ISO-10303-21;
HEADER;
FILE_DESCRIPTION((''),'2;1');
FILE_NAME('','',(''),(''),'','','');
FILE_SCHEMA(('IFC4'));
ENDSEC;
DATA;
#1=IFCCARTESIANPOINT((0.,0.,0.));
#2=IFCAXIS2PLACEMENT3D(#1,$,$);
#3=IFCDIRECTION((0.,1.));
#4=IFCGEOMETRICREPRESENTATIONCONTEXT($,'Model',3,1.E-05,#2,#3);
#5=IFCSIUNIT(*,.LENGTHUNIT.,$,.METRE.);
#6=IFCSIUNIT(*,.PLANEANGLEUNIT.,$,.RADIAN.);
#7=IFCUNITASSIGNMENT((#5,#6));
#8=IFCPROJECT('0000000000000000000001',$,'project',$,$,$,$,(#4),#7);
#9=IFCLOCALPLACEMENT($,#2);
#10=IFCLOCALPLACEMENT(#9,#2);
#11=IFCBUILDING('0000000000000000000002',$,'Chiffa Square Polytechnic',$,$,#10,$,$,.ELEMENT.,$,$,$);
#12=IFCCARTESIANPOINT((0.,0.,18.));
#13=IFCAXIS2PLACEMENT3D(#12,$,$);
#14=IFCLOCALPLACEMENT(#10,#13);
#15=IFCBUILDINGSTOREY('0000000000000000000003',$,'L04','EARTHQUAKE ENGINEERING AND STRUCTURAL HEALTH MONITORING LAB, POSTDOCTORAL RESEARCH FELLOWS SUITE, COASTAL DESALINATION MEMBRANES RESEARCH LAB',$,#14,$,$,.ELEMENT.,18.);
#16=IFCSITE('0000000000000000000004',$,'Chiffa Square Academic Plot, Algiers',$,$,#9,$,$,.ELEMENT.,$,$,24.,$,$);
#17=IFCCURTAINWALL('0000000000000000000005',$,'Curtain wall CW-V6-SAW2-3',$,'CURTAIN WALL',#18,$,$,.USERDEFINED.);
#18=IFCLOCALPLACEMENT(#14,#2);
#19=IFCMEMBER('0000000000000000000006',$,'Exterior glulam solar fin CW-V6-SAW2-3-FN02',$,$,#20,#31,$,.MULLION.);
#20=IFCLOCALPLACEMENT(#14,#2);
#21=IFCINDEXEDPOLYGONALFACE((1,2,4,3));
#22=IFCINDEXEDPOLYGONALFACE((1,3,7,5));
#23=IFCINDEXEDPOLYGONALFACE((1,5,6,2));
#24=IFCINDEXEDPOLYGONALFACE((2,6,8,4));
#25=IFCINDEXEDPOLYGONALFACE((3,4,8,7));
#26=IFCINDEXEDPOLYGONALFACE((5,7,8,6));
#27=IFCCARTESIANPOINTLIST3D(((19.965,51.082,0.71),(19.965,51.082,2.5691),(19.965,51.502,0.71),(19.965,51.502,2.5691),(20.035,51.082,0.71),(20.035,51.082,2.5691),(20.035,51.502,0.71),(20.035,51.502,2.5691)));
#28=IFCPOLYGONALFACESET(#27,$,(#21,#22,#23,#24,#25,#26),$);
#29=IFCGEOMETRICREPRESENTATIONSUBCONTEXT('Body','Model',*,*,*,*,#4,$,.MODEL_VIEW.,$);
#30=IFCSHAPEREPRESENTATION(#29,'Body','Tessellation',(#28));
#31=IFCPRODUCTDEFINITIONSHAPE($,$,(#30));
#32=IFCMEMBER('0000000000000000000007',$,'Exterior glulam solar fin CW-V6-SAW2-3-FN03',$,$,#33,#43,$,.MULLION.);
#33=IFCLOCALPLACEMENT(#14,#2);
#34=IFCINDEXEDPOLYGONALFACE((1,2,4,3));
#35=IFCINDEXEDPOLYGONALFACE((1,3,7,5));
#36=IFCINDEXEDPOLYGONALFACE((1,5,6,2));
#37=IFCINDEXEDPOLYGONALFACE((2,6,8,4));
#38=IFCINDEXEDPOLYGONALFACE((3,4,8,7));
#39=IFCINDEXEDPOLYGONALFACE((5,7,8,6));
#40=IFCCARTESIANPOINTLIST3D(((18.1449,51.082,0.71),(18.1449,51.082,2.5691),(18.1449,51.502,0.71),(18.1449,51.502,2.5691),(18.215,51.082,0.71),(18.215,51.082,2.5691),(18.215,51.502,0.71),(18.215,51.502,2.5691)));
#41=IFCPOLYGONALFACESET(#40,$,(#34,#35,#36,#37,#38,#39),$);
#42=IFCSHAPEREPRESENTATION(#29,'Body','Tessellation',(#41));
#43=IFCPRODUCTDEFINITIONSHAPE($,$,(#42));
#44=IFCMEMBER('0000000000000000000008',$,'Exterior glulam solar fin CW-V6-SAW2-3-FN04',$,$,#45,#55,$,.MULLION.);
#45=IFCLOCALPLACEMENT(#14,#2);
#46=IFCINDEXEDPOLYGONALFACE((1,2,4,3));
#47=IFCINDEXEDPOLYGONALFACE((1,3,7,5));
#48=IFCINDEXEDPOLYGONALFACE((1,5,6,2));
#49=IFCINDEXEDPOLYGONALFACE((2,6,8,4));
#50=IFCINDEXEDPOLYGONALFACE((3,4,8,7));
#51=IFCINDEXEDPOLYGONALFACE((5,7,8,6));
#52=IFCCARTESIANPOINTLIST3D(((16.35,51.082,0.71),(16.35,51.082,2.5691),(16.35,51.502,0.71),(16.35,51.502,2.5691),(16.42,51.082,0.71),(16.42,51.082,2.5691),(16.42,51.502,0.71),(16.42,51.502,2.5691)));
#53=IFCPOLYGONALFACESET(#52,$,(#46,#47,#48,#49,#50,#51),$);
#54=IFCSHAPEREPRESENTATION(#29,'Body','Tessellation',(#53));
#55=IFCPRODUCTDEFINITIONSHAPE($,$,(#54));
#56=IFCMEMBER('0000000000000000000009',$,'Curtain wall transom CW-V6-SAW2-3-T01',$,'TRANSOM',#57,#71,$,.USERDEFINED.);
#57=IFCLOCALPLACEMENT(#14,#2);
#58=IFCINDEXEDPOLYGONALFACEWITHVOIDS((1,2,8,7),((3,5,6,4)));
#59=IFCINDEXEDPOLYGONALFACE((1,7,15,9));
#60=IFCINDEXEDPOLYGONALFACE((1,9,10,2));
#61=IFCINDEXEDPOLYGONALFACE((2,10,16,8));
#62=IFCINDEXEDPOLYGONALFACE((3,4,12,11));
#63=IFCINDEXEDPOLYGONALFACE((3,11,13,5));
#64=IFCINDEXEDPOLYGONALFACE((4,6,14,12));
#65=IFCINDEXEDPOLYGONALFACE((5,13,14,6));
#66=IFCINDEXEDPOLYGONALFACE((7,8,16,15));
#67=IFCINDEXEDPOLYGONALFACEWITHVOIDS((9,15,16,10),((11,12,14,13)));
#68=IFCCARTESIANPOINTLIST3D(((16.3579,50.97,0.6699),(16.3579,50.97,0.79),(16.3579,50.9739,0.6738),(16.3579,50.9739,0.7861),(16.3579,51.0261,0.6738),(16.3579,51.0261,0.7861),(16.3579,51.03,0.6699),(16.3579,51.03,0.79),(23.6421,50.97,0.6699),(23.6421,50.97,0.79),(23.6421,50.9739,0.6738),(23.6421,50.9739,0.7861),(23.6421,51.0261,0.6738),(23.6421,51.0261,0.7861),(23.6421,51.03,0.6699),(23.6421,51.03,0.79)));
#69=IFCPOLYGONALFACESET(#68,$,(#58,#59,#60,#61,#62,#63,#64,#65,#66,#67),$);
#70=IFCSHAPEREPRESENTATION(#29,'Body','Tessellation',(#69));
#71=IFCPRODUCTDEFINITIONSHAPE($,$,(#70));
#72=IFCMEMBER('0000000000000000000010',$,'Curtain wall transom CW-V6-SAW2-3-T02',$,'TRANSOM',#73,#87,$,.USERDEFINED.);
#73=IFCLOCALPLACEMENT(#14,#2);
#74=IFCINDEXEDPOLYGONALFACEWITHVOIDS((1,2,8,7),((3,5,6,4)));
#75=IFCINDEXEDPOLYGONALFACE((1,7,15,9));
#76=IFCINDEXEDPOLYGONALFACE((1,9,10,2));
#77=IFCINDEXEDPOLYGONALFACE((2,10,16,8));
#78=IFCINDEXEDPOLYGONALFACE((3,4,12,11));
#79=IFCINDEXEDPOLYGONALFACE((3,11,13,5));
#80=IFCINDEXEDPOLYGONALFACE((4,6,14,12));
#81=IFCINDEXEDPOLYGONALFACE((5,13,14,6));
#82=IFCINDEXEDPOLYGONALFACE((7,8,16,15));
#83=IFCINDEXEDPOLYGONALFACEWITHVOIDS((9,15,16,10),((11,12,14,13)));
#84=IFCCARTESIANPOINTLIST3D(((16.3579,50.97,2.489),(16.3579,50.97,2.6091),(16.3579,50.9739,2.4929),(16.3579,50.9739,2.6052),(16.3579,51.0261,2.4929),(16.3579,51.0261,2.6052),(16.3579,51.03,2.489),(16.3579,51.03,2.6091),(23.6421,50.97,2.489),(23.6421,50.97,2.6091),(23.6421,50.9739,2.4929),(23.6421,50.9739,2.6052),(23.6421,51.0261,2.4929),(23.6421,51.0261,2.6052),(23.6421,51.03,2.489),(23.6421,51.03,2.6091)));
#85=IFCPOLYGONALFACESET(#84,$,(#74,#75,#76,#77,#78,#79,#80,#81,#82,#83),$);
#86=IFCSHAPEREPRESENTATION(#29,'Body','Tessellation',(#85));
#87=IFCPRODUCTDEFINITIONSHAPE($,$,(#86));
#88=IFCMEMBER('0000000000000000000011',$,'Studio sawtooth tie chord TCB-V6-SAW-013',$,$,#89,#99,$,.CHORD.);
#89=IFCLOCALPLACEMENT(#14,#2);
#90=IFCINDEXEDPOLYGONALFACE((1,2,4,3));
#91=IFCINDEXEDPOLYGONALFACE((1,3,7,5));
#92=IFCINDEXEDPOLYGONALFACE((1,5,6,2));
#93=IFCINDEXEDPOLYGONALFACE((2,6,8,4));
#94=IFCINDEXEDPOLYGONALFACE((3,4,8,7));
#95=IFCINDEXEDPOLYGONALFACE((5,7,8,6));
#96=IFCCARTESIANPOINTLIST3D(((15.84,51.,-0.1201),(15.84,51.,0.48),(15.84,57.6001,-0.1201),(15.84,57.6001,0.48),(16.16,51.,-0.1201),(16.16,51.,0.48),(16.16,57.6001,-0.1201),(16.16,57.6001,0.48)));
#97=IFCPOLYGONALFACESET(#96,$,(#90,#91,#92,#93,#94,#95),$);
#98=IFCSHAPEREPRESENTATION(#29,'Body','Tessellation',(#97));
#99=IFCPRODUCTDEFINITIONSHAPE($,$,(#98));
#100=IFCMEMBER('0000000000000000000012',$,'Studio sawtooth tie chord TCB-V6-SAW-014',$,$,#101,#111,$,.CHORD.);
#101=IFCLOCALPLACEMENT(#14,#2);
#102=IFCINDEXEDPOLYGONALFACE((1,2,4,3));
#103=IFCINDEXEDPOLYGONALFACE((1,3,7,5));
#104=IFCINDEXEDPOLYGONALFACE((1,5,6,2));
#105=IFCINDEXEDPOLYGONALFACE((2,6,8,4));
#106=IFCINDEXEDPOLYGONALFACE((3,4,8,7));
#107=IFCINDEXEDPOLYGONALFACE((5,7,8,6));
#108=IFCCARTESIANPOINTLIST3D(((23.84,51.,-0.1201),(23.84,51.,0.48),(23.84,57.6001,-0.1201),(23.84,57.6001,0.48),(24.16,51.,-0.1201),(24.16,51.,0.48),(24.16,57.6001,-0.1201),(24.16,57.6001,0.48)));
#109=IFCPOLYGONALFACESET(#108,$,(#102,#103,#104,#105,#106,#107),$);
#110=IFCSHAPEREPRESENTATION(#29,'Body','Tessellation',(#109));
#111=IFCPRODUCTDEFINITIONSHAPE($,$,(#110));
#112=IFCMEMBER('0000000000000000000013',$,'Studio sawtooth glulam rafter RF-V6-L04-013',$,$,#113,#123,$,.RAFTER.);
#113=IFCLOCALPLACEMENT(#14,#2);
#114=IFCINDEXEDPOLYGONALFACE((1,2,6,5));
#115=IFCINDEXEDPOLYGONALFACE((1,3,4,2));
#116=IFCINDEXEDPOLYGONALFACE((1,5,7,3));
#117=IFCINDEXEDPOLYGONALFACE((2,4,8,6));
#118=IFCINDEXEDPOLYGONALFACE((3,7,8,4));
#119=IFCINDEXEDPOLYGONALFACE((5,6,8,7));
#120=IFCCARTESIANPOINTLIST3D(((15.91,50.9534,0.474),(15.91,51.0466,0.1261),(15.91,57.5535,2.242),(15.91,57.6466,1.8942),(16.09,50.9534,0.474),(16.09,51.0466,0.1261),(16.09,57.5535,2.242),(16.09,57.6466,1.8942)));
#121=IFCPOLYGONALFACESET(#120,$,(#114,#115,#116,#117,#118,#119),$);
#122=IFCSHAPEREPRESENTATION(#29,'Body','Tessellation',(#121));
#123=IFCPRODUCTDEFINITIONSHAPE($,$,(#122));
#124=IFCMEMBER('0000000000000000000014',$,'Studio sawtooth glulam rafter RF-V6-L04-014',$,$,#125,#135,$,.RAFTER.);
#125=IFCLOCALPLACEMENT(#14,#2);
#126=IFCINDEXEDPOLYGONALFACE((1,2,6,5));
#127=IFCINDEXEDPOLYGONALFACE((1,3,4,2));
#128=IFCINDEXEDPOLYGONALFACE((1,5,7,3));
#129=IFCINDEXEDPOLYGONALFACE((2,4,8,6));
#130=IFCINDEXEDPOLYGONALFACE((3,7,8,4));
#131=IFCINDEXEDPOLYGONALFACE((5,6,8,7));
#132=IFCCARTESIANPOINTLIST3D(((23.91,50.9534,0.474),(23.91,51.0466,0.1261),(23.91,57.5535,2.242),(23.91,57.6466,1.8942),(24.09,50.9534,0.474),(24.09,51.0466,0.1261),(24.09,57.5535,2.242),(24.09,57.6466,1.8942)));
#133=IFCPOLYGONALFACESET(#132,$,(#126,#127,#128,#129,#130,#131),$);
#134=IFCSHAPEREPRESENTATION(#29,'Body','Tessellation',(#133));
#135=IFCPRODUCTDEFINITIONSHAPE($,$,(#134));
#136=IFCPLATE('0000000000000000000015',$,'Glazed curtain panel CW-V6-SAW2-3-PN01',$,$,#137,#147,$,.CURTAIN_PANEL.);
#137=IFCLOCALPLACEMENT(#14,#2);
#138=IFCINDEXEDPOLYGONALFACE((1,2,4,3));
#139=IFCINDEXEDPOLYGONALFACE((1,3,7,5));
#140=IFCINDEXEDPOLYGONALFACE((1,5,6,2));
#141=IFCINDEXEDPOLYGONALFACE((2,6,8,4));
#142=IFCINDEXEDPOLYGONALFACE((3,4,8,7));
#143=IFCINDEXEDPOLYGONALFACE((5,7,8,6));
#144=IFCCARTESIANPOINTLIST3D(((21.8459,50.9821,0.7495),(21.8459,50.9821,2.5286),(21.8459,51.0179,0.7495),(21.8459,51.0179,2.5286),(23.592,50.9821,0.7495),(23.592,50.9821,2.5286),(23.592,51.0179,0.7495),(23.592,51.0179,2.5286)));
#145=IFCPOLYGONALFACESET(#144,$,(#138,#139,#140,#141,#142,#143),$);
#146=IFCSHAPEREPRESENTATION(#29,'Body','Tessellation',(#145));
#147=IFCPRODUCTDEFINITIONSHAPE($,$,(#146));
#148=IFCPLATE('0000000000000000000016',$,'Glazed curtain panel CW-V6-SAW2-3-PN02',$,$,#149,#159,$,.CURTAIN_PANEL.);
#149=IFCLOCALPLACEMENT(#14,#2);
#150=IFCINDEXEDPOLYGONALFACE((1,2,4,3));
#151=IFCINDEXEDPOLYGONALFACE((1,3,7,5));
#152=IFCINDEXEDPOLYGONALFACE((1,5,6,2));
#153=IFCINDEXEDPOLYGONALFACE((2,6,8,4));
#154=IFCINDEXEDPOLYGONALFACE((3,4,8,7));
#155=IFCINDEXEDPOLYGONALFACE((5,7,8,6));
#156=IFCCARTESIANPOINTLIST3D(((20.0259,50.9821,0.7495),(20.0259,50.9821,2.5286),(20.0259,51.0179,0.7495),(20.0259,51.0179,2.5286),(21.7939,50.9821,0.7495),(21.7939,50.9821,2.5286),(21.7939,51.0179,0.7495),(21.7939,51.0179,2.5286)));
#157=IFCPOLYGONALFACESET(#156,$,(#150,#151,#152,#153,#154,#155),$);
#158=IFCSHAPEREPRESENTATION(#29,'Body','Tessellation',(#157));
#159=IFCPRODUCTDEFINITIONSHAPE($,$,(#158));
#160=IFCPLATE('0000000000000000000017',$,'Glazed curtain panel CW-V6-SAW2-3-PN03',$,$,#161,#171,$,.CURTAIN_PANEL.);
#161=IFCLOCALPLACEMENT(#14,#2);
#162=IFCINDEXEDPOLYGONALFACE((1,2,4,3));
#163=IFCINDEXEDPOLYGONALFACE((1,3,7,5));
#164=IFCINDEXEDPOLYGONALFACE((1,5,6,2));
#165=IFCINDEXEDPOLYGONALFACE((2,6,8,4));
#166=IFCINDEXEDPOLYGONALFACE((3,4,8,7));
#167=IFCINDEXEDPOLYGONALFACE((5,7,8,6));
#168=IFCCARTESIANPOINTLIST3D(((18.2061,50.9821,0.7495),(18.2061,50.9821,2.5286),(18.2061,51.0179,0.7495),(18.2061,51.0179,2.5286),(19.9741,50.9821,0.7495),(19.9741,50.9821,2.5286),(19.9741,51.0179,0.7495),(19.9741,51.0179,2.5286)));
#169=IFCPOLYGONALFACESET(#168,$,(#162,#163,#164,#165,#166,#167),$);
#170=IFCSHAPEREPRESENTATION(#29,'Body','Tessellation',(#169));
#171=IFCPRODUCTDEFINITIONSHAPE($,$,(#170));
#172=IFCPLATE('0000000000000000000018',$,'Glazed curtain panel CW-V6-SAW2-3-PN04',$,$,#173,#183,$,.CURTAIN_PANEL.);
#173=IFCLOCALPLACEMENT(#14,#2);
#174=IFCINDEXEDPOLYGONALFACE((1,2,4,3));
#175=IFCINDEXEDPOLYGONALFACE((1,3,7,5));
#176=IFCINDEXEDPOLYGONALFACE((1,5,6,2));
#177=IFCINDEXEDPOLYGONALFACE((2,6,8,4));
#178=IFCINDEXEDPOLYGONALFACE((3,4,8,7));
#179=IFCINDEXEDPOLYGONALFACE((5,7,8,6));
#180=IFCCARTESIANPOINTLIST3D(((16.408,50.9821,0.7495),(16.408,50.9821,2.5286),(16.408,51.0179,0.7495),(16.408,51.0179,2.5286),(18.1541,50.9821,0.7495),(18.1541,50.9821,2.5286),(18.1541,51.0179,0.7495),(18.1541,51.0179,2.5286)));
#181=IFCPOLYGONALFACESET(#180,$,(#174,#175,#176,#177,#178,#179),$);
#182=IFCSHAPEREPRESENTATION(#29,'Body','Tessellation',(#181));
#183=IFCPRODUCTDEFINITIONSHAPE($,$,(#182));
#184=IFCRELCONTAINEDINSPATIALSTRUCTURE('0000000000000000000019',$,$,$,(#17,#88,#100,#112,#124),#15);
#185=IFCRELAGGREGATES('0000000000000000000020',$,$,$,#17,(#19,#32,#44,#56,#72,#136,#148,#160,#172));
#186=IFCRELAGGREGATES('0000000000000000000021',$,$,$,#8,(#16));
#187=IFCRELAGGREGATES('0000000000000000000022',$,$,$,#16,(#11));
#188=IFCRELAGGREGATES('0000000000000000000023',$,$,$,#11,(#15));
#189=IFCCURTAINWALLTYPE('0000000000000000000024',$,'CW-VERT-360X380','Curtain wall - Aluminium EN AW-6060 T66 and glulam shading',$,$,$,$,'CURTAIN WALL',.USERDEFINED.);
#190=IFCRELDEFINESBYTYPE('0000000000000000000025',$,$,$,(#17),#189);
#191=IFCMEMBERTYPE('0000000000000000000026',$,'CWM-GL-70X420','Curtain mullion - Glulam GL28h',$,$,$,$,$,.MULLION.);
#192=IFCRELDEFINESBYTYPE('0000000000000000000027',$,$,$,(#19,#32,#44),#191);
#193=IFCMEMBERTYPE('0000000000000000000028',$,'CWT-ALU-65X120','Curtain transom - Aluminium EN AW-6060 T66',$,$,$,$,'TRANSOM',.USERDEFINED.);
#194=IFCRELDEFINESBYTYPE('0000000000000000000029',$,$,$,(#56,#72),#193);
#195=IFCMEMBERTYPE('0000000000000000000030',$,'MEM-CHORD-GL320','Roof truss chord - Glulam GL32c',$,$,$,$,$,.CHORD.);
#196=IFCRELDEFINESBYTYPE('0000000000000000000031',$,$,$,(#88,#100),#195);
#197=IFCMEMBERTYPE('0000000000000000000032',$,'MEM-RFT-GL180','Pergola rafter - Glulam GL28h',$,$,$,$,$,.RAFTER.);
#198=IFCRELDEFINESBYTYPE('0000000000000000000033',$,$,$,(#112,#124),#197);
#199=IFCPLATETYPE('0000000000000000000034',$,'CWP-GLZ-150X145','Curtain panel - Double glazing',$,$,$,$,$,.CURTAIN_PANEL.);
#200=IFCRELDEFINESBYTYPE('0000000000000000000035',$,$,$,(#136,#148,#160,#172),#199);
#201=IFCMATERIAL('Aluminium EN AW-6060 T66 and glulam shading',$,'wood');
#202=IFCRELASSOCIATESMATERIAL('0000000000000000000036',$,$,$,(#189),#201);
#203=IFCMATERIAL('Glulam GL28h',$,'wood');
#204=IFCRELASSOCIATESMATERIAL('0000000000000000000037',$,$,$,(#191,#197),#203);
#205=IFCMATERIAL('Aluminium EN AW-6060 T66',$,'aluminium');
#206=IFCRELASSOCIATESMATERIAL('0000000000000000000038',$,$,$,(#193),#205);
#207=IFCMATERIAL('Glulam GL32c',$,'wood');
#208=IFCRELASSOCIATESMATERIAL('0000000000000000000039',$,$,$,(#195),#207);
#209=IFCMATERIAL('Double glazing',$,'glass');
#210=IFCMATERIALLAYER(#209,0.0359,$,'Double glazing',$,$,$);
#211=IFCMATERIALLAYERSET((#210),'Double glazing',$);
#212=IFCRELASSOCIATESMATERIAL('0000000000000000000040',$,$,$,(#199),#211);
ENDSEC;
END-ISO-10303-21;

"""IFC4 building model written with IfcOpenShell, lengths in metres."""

from ifc_helpers import new_model, si_unit, direction, frame, origin, origin_2d, place, context, subcontext, project, spatial, rectangle, hollow_rectangle, extrude, material, layer, layer_set, material_profile, profile_set, type_object, element, aggregate, save


model = new_model("IFC4")

# Units and contexts
model_context = context("Model", 3, precision=1e-05, world=origin(), true_north=direction((0.0, 1.0)))
body_context = subcontext(model_context, "Body", "Model", "MODEL_VIEW")
ifc_project = project(units=[si_unit("LENGTHUNIT", "METRE"), si_unit("PLANEANGLEUNIT", "RADIAN")], contexts=[model_context])

# Site, building, storey
site_placement = place(None, origin())
site = spatial("IfcSite", under=ifc_project, at=site_placement, Name="Chiffa Square Academic Plot, Algiers", CompositionType="ELEMENT", RefElevation=24.0)
building_placement = place(site_placement, origin())
building = spatial("IfcBuilding", under=site, at=building_placement, Name="Chiffa Square Polytechnic", CompositionType="ELEMENT")
storey_placement = place(building_placement, frame((0.0, 0.0, 18.0)))
storey = spatial("IfcBuildingStorey", under=building, at=storey_placement, Name="L04", Description="EARTHQUAKE ENGINEERING AND STRUCTURAL HEALTH MONITORING LAB, POSTDOCTORAL RESEARCH FELLOWS SUITE, COASTAL DESALINATION MEMBRANES RESEARCH LAB", CompositionType="ELEMENT", Elevation=18.0)

# Shared definitions
ifc_material_1 = material(Name="Glulam GL32c", Category="wood")

# Curtain wall
ifc_material_2 = material(Name="Aluminium EN AW-6060 T66 and glulam shading", Category="wood")
curtain_wall_type_1 = type_object("IfcCurtainWallType", Name="CW-VERT-360X380", Description="Curtain wall - Aluminium EN AW-6060 T66 and glulam shading", ElementType="CURTAIN WALL", PredefinedType="USERDEFINED", material=ifc_material_2)
curtain_wall_1_placement = place(storey_placement, origin())
curtain_wall_1 = element("IfcCurtainWall", 1, at=curtain_wall_1_placement, inside=storey, type_object=curtain_wall_type_1, Name="Curtain wall CW-V6-SAW2-3", ObjectType="CURTAIN WALL", PredefinedType="USERDEFINED")
ifc_material_3 = material(Name="Aluminium EN AW-6060 T66", Category="aluminium")

# Shared definitions
ifc_material_4 = material(Name="Glulam GL28h", Category="wood")
ifc_material_profile_1 = material_profile(ifc_material_4, rectangle(XDim=0.0701, YDim=0.4199, at=origin_2d()), Name="GL28h 70x420")
ifc_profile_set_1 = profile_set([ifc_material_profile_1], Name="Glulam GL28h")
member_type_1 = type_object("IfcMemberType", Name="CWM-GL-70X420", Description="Curtain mullion - Glulam GL28h", PredefinedType="MULLION", material=ifc_profile_set_1)

# Members
member_1_placement = place(storey_placement, frame((20.0, 51.292, 0.71), z_axis=(0.0, 0.0, 1.0), x_axis=(-1.0, 0.0, 0.0)))
member_1 = element("IfcMember", 2, at=member_1_placement, type_object=member_type_1, Name="Exterior glulam solar fin CW-V6-SAW2-3-FN02", PredefinedType="MULLION", context=body_context, shape_type="SweptSolid", body=[
    extrude(rectangle(XDim=0.0701, YDim=0.4199, at=origin_2d()), origin(), (0.0, 0.0, 1.0), 1.8591),
])
member_2_placement = place(storey_placement, frame((18.1799, 51.292, 0.71), z_axis=(0.0, 0.0, 1.0), x_axis=(-1.0, 0.0, 0.0)))
member_2 = element("IfcMember", 3, at=member_2_placement, type_object=member_type_1, Name="Exterior glulam solar fin CW-V6-SAW2-3-FN03", PredefinedType="MULLION", context=body_context, shape_type="SweptSolid", body=[
    extrude(rectangle(XDim=0.0701, YDim=0.4199, at=origin_2d()), origin(), (0.0, 0.0, 1.0), 1.8591),
])
member_3_placement = place(storey_placement, frame((16.385, 51.292, 0.71), z_axis=(0.0, 0.0, 1.0), x_axis=(-1.0, 0.0, 0.0)))
member_3 = element("IfcMember", 4, at=member_3_placement, type_object=member_type_1, Name="Exterior glulam solar fin CW-V6-SAW2-3-FN04", PredefinedType="MULLION", context=body_context, shape_type="SweptSolid", body=[
    extrude(rectangle(XDim=0.0701, YDim=0.4199, at=origin_2d()), origin(), (0.0, 0.0, 1.0), 1.8591),
])
ifc_material_profile_2 = material_profile(ifc_material_3, hollow_rectangle(XDim=0.0601, YDim=0.1201, WallThickness=0.0039, at=origin_2d()), Name="ALU 60x120x4")
ifc_profile_set_2 = profile_set([ifc_material_profile_2], Name="Aluminium EN AW-6060 T66")
member_type_2 = type_object("IfcMemberType", Name="CWT-ALU-65X120", Description="Curtain transom - Aluminium EN AW-6060 T66", ElementType="TRANSOM", PredefinedType="USERDEFINED", material=ifc_profile_set_2)
member_4_placement = place(storey_placement, frame((23.6421, 51.0, 0.73), z_axis=(-1.0, 0.0, 0.0), x_axis=(0.0, -1.0, 0.0)))
member_4 = element("IfcMember", 5, at=member_4_placement, type_object=member_type_2, Name="Curtain wall transom CW-V6-SAW2-3-T01", ObjectType="TRANSOM", PredefinedType="USERDEFINED", context=body_context, shape_type="SweptSolid", body=[
    extrude(hollow_rectangle(XDim=0.0601, YDim=0.1201, WallThickness=0.0039, at=origin_2d()), origin(), (0.0, 0.0, 1.0), 7.2842),
])
member_5_placement = place(storey_placement, frame((23.6421, 51.0, 2.5491), z_axis=(-1.0, 0.0, 0.0), x_axis=(0.0, -1.0, 0.0)))
member_5 = element("IfcMember", 6, at=member_5_placement, type_object=member_type_2, Name="Curtain wall transom CW-V6-SAW2-3-T02", ObjectType="TRANSOM", PredefinedType="USERDEFINED", context=body_context, shape_type="SweptSolid", body=[
    extrude(hollow_rectangle(XDim=0.0601, YDim=0.1201, WallThickness=0.0039, at=origin_2d()), origin(), (0.0, 0.0, 1.0), 7.2842),
])

# Members
ifc_material_profile_3 = material_profile(ifc_material_1, rectangle(XDim=0.3201, YDim=0.6001, at=origin_2d()), Name="GL32c 320x600")
ifc_profile_set_3 = profile_set([ifc_material_profile_3], Name="Glulam GL32c")
member_type_3 = type_object("IfcMemberType", Name="MEM-CHORD-GL320", Description="Roof truss chord - Glulam GL32c", PredefinedType="CHORD", material=ifc_profile_set_3)
for number, where, z_axis, x_axis, name in (
    (7, (16.0, 51.0, 0.1799), (0.0, 1.0, 0.0), (-1.0, 0.0, 0.0), "Studio sawtooth tie chord TCB-V6-SAW-013"),
    (8, (24.0, 51.0, 0.1799), (0.0, 1.0, 0.0), (-1.0, 0.0, 0.0), "Studio sawtooth tie chord TCB-V6-SAW-014"),
):
    element("IfcMember", number, at=place(storey_placement, frame(where, z_axis=z_axis, x_axis=x_axis)), inside=storey, type_object=member_type_3, Name=name, PredefinedType="CHORD", context=body_context, shape_type="SweptSolid", body=[
        extrude(rectangle(XDim=0.3201, YDim=0.6001, at=origin_2d()), origin(), (0.0, 0.0, 1.0), 6.6001),
    ])
ifc_material_profile_4 = material_profile(ifc_material_4, rectangle(XDim=0.1799, YDim=0.3601, at=origin_2d()), Name="GL28h 180x360")
ifc_profile_set_4 = profile_set([ifc_material_profile_4], Name="Glulam GL28h")
member_type_4 = type_object("IfcMemberType", Name="MEM-RFT-GL180", Description="Pergola rafter - Glulam GL28h", PredefinedType="RAFTER", material=ifc_profile_set_4)
for number, where, z_axis, x_axis, name in (
    (9, (16.0, 51.0, 0.3), (0.0, 0.965941, 0.258761), (-1.0, 0.0, 0.0), "Studio sawtooth glulam rafter RF-V6-L04-013"),
    (10, (24.0, 51.0, 0.3), (0.0, 0.965941, 0.258761), (-1.0, 0.0, 0.0), "Studio sawtooth glulam rafter RF-V6-L04-014"),
):
    element("IfcMember", number, at=place(storey_placement, frame(where, z_axis=z_axis, x_axis=x_axis)), inside=storey, type_object=member_type_4, Name=name, PredefinedType="RAFTER", context=body_context, shape_type="SweptSolid", body=[
        extrude(rectangle(XDim=0.1799, YDim=0.3601, at=origin_2d()), origin(), (0.0, 0.0, 1.0), 6.8328),
    ])

# Plates
ifc_material_5 = material(Name="Double glazing", Category="glass")
ifc_layer_1 = layer(ifc_material_5, 0.0359, Name="Double glazing")
ifc_layer_set_1 = layer_set([ifc_layer_1], Name="Double glazing")
plate_type = type_object("IfcPlateType", Name="CWP-GLZ-150X145", Description="Curtain panel - Double glazing", PredefinedType="CURTAIN_PANEL", material=ifc_layer_set_1)
plate_1_placement = place(storey_placement, frame((22.719, 51.0, 0.7495), z_axis=(0.0, 0.0, 1.0), x_axis=(-1.0, 0.0, 0.0)))
plate_1 = element("IfcPlate", 11, at=plate_1_placement, type_object=plate_type, Name="Glazed curtain panel CW-V6-SAW2-3-PN01", PredefinedType="CURTAIN_PANEL", context=body_context, shape_type="SweptSolid", body=[
    extrude(rectangle(XDim=1.7461, YDim=0.0359, at=origin_2d()), origin(), (0.0, 0.0, 1.0), 1.7791),
])
plate_2_placement = place(storey_placement, frame((20.9099, 51.0, 0.7495), z_axis=(0.0, 0.0, 1.0), x_axis=(-1.0, 0.0, 0.0)))
plate_2 = element("IfcPlate", 12, at=plate_2_placement, type_object=plate_type, Name="Glazed curtain panel CW-V6-SAW2-3-PN02", PredefinedType="CURTAIN_PANEL", context=body_context, shape_type="SweptSolid", body=[
    extrude(rectangle(XDim=1.7681, YDim=0.0359, at=origin_2d()), origin(), (0.0, 0.0, 1.0), 1.7791),
])
plate_3_placement = place(storey_placement, frame((19.0901, 51.0, 0.7495), z_axis=(0.0, 0.0, 1.0), x_axis=(-1.0, 0.0, 0.0)))
plate_3 = element("IfcPlate", 13, at=plate_3_placement, type_object=plate_type, Name="Glazed curtain panel CW-V6-SAW2-3-PN03", PredefinedType="CURTAIN_PANEL", context=body_context, shape_type="SweptSolid", body=[
    extrude(rectangle(XDim=1.7681, YDim=0.0359, at=origin_2d()), origin(), (0.0, 0.0, 1.0), 1.7791),
])
plate_4_placement = place(storey_placement, frame((17.281, 51.0, 0.7495), z_axis=(0.0, 0.0, 1.0), x_axis=(-1.0, 0.0, 0.0)))
plate_4 = element("IfcPlate", 14, at=plate_4_placement, type_object=plate_type, Name="Glazed curtain panel CW-V6-SAW2-3-PN04", PredefinedType="CURTAIN_PANEL", context=body_context, shape_type="SweptSolid", body=[
    extrude(rectangle(XDim=1.7461, YDim=0.0359, at=origin_2d()), origin(), (0.0, 0.0, 1.0), 1.7791),
])
aggregate(curtain_wall_1, [member_1, member_2, member_3, member_4, member_5, plate_1, plate_2, plate_3, plate_4])

save(model, "model.ifc")
